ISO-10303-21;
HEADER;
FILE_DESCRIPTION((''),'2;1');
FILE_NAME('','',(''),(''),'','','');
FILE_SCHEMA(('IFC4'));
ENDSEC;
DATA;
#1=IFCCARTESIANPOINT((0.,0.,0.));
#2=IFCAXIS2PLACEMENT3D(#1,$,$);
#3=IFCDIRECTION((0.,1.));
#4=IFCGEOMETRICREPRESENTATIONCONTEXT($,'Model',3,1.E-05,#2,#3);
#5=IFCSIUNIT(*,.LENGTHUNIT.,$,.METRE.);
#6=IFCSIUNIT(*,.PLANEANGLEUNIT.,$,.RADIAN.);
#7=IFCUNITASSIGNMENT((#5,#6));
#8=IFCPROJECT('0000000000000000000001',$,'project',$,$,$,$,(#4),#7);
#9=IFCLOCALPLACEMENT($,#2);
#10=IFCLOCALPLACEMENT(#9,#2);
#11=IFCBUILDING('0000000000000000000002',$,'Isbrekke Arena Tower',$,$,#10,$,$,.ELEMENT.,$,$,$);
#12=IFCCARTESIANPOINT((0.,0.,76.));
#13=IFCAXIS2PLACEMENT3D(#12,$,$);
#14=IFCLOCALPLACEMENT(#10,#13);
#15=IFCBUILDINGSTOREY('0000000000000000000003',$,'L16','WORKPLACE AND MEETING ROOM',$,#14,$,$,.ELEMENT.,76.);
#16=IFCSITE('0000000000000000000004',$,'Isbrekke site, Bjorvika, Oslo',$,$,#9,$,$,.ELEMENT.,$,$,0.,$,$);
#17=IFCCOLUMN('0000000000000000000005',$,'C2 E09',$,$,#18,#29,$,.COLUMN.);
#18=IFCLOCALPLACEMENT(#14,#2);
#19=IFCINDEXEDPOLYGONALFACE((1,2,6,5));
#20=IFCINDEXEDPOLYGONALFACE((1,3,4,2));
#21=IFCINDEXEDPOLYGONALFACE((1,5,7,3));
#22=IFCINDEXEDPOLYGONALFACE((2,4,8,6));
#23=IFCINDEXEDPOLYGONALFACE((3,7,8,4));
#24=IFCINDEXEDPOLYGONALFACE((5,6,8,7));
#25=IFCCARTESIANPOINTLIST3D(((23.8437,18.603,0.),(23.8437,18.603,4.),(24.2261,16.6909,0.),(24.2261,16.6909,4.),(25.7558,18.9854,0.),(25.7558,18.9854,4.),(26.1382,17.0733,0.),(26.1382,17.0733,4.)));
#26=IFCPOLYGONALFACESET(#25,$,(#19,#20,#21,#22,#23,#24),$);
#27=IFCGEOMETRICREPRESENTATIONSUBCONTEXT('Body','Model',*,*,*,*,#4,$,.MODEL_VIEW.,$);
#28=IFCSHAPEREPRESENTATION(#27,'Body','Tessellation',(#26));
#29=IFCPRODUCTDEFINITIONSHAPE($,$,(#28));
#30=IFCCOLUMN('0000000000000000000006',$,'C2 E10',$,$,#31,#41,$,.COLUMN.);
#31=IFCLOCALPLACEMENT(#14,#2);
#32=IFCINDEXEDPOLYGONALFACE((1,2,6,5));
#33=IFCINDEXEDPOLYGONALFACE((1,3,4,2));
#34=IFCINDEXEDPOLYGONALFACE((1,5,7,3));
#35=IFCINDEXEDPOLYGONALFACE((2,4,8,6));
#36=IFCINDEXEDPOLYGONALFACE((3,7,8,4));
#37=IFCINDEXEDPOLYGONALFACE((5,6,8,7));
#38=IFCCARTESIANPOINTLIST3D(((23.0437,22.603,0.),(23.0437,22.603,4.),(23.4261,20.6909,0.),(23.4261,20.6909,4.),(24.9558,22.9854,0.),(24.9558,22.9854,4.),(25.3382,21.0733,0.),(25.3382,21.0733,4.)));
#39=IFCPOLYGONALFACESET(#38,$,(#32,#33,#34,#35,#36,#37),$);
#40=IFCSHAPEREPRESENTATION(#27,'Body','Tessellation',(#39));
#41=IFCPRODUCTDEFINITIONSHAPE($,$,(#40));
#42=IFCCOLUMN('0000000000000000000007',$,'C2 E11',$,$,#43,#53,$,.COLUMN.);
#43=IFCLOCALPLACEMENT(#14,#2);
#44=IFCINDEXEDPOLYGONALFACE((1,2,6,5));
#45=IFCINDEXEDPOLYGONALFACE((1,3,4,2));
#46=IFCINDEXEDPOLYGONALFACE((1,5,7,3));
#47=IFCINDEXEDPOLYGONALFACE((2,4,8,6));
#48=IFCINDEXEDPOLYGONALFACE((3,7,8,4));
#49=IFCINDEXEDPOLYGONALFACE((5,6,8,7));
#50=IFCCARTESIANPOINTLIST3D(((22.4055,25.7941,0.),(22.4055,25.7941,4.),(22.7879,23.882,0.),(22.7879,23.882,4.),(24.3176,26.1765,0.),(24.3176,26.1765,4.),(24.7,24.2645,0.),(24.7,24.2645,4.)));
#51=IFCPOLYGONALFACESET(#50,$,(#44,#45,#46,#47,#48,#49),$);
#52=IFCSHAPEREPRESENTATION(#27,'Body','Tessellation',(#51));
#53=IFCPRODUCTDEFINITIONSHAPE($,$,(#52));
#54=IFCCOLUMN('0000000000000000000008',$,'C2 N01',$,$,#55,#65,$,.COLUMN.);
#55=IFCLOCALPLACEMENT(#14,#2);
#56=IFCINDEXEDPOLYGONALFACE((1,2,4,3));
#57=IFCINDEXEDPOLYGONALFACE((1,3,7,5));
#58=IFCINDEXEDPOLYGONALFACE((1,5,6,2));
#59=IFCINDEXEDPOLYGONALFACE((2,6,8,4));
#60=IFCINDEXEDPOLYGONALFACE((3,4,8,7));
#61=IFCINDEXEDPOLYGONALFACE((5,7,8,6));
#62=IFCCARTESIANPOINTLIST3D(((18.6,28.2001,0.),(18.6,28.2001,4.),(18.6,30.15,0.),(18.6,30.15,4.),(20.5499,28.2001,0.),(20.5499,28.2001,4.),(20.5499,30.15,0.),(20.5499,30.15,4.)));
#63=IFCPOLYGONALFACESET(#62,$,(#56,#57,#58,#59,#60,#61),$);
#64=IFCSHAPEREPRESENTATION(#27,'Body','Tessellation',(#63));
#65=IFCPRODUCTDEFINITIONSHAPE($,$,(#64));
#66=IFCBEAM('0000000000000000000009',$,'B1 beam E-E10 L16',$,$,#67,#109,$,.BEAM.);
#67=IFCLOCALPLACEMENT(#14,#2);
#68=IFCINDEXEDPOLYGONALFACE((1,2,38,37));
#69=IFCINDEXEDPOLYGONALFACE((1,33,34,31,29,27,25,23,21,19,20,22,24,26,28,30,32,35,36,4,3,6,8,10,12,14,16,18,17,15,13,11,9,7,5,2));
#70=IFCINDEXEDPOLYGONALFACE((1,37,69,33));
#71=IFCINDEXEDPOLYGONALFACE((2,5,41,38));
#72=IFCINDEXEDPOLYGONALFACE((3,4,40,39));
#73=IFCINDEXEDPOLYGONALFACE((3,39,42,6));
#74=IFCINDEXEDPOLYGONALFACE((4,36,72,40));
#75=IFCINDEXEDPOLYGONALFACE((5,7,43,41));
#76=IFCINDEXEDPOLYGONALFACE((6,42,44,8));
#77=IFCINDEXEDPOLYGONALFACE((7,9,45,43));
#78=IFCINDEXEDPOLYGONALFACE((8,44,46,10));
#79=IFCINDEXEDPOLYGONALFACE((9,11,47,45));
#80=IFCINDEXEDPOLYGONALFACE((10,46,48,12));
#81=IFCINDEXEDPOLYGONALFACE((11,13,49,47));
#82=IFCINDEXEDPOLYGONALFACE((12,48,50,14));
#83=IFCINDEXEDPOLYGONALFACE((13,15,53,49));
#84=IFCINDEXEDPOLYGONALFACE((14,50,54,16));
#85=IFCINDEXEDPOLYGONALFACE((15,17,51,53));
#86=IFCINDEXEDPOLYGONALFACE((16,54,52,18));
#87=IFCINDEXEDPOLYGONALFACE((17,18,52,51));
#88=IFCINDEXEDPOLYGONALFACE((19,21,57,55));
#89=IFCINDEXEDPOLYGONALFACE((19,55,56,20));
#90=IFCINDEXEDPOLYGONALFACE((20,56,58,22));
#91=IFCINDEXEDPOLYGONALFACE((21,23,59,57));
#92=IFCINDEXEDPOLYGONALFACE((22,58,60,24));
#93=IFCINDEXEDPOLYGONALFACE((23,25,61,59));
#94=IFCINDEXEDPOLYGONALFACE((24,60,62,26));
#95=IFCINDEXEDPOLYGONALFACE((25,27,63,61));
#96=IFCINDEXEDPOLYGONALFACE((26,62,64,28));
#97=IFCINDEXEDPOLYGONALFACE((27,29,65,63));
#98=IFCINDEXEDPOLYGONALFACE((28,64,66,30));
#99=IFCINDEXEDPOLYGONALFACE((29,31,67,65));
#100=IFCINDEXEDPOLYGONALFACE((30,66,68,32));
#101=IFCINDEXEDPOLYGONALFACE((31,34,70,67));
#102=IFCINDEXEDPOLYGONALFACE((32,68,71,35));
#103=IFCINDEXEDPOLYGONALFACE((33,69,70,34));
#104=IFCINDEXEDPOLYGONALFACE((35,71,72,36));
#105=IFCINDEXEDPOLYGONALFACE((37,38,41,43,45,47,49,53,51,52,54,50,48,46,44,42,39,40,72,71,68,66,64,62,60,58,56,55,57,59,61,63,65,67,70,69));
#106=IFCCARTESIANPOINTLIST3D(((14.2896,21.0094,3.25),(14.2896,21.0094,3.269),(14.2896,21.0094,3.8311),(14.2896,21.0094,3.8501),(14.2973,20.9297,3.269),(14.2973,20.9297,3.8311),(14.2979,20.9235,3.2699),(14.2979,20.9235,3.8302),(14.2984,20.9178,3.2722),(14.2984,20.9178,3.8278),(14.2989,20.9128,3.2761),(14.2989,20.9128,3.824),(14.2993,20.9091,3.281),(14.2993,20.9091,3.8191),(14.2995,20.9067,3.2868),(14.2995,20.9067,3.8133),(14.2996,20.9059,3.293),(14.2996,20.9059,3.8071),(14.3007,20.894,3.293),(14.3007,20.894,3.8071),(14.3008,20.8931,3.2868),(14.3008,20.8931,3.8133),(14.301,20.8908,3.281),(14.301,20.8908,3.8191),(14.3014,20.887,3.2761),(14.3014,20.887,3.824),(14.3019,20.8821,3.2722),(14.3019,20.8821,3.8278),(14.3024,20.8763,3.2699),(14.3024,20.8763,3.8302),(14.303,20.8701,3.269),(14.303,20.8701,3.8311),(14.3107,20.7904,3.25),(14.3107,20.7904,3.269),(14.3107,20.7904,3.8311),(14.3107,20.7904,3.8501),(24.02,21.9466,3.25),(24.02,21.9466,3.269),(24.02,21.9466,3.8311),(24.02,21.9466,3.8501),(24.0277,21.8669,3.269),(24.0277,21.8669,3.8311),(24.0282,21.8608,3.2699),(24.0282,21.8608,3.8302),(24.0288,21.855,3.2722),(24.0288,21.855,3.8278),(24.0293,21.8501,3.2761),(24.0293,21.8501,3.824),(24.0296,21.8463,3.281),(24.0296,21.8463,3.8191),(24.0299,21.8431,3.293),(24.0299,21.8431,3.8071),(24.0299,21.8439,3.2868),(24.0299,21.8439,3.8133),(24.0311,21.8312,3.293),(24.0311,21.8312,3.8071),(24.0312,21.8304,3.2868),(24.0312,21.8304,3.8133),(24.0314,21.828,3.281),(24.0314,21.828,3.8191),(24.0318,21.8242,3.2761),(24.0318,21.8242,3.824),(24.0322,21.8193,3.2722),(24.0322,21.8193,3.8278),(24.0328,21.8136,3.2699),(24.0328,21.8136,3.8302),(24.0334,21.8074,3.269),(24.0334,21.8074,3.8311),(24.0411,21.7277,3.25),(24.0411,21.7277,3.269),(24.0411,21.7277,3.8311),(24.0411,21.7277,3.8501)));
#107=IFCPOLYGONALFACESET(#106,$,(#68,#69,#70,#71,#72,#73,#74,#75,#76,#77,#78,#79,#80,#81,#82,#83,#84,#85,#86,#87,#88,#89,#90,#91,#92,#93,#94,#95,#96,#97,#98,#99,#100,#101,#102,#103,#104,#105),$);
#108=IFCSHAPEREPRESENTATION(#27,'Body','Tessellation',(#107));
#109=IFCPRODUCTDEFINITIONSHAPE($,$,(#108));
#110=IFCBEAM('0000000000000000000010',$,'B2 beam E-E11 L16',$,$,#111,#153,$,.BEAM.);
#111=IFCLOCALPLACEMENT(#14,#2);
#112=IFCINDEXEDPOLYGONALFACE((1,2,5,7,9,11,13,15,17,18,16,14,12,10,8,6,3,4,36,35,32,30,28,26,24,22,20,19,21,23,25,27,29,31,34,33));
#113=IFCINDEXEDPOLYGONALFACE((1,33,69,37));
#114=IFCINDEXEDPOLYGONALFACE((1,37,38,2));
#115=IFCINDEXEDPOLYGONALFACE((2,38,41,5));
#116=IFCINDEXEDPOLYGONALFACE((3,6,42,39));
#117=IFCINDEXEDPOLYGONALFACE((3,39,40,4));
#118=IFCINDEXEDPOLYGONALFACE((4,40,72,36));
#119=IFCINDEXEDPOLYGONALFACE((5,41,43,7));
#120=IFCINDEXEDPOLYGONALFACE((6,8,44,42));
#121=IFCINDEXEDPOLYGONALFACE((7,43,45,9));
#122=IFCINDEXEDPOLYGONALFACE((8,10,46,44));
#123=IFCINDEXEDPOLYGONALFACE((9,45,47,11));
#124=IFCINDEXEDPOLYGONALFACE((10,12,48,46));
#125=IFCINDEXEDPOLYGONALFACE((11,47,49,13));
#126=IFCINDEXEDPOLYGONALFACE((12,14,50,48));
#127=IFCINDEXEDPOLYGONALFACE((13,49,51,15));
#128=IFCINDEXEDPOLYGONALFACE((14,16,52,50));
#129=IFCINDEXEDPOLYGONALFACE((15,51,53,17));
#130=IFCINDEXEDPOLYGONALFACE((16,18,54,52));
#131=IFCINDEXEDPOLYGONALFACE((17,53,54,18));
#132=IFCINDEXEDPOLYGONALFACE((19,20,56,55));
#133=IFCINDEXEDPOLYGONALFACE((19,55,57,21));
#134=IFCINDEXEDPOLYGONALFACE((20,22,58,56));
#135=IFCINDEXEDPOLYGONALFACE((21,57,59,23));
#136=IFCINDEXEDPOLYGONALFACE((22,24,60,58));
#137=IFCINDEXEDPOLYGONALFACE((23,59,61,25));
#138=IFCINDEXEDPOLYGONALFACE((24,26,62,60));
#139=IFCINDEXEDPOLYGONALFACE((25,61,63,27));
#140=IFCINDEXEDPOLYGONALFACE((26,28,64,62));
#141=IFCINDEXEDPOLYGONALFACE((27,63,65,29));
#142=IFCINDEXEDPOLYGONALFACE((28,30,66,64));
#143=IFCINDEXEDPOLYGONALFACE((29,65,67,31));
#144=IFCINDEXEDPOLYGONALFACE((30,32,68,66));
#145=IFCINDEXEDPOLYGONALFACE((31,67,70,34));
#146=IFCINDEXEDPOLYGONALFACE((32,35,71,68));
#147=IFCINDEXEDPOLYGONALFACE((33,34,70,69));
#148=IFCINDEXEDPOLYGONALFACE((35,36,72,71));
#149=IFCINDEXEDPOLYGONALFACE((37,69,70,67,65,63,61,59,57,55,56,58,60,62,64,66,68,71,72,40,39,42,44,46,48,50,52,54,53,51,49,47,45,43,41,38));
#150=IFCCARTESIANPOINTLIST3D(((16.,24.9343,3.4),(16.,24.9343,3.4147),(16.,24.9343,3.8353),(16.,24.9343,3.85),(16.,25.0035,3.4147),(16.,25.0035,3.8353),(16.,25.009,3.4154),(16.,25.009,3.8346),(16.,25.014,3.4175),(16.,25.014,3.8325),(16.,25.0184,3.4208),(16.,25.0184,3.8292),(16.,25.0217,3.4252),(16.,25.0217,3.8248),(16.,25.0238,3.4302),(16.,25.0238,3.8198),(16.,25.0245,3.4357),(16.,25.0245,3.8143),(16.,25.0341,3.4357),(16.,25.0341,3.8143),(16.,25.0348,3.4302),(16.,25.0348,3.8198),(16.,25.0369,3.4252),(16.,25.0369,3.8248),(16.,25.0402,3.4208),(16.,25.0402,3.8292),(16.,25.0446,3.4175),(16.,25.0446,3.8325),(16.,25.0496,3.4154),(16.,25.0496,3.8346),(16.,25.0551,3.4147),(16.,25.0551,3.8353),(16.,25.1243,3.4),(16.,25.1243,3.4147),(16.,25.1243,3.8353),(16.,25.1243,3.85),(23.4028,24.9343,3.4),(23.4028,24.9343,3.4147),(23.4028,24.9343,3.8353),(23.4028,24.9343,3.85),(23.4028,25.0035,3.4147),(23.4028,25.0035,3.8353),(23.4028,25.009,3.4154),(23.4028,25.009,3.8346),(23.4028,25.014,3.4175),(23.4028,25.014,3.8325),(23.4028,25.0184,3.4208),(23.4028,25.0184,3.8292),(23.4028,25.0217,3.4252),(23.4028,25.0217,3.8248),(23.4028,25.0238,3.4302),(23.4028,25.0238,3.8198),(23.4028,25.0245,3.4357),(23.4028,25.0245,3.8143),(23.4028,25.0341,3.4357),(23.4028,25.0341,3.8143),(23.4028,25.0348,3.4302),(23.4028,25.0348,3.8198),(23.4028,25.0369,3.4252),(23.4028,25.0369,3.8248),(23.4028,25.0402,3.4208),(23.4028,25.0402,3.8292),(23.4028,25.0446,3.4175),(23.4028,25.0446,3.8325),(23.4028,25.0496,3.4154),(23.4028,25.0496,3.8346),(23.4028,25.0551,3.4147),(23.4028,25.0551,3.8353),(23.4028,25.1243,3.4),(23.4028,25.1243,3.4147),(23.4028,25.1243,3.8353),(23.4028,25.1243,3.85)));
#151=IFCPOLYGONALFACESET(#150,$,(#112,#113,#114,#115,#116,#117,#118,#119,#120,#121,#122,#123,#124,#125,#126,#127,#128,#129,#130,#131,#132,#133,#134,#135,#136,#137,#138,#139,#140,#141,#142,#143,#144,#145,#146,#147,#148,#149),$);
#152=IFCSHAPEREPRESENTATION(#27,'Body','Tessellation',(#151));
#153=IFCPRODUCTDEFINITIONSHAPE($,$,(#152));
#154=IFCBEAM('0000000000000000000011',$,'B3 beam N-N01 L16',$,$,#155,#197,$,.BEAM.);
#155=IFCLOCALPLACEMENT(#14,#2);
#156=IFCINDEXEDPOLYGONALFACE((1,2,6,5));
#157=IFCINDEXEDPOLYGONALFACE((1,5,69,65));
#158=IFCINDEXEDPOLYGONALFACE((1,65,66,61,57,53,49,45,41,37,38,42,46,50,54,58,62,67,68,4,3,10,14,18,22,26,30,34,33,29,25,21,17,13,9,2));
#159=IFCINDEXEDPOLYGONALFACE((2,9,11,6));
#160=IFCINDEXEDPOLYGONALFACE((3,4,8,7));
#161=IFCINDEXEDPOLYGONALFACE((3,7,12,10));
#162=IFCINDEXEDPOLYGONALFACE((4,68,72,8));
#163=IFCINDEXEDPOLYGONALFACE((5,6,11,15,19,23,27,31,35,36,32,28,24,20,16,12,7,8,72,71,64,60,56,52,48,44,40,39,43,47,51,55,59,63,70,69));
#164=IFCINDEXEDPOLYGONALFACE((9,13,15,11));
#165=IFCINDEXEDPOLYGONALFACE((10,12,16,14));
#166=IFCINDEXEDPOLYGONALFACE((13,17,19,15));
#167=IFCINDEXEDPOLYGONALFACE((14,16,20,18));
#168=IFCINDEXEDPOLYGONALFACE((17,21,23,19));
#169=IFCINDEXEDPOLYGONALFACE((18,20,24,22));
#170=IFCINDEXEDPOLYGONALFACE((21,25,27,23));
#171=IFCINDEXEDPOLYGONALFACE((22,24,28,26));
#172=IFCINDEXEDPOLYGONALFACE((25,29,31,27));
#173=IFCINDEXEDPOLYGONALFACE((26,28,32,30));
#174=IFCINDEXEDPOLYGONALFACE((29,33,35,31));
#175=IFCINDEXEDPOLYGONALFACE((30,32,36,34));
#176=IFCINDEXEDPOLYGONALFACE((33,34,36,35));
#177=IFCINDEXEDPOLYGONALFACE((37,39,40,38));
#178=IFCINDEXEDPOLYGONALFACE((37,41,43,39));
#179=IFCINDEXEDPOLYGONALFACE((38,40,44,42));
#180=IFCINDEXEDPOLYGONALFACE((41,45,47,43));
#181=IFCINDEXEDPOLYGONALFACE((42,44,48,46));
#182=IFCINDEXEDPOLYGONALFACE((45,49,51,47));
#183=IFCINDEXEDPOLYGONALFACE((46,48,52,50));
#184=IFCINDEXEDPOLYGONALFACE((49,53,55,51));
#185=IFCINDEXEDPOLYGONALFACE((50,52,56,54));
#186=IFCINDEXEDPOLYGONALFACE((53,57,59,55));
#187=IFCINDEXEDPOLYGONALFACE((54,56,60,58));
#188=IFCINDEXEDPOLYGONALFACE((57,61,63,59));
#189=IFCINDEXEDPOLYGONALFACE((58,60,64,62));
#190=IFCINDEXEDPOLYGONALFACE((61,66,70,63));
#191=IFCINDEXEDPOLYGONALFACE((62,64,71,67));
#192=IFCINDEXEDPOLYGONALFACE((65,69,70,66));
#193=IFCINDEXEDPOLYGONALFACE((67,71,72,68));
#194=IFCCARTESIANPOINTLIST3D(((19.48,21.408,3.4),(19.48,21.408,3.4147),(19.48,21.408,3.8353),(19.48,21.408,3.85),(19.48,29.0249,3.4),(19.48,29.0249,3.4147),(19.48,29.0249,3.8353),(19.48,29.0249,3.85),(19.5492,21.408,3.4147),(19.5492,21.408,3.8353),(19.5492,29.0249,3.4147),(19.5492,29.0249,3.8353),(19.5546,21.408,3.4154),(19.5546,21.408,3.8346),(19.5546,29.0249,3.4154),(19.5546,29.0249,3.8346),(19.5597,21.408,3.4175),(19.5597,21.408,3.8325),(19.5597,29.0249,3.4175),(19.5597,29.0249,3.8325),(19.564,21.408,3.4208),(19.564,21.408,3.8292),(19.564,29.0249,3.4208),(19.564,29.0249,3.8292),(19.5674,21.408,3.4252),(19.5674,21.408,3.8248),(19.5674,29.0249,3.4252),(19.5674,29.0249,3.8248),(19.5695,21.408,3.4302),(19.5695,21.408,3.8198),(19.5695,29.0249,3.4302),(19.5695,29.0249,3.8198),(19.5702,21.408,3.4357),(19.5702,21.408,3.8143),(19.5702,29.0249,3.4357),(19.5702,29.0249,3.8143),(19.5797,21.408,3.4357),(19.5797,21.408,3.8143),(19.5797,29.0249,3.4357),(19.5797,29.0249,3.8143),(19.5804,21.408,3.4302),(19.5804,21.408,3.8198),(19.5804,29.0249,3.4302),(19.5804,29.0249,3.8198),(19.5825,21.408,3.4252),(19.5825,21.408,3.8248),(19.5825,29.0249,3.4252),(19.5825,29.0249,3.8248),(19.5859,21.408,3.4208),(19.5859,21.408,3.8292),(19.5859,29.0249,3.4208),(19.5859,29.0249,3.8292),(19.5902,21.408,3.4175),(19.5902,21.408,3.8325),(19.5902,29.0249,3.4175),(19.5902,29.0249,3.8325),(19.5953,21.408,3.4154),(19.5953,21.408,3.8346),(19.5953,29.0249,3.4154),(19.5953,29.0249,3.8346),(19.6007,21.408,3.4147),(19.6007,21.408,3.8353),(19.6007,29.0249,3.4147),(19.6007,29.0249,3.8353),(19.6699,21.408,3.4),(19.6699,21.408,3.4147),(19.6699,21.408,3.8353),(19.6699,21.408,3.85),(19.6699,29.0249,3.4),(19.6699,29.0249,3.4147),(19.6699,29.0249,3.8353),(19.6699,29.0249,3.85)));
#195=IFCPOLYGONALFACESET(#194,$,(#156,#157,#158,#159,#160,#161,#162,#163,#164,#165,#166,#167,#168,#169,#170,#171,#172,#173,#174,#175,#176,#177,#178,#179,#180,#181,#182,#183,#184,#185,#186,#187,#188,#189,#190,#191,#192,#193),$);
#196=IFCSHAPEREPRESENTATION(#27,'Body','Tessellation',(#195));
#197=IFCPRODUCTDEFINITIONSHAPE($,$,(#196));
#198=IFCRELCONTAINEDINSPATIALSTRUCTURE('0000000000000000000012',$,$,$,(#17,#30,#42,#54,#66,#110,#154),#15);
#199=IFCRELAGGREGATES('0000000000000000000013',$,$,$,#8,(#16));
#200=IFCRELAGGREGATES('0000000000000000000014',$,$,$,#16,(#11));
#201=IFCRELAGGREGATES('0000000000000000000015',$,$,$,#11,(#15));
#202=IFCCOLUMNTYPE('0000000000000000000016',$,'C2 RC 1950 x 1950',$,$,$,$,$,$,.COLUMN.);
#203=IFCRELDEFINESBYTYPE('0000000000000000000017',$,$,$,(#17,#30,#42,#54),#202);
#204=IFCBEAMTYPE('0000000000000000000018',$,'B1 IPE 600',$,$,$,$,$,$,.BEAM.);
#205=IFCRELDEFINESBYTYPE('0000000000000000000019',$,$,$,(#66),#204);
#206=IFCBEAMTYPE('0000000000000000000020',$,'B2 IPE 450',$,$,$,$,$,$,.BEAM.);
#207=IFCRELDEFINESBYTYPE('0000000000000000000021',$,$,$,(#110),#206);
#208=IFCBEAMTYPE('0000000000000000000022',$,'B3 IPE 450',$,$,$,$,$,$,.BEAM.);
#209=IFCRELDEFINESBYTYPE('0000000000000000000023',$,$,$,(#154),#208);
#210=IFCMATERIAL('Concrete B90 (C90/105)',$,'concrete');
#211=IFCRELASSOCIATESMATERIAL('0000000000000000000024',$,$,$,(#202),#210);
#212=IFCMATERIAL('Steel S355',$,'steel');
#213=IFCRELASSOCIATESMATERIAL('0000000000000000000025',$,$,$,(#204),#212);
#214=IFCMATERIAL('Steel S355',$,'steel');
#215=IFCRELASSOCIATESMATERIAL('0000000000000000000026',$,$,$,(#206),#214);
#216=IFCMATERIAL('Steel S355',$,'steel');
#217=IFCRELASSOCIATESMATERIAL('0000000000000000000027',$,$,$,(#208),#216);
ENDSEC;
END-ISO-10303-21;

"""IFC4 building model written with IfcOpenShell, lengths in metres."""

from ifc_helpers import new_model, si_unit, direction, frame, origin, origin_2d, place, context, subcontext, project, spatial, rectangle, i_section, extrude, material, material_profile, profile_set, type_object, element, save


model = new_model("IFC4")

# Units and contexts
model_context = context("Model", 3, precision=1e-05, world=origin(), true_north=direction((0.0, 1.0)))
body_context = subcontext(model_context, "Body", "Model", "MODEL_VIEW")
ifc_project = project(units=[si_unit("LENGTHUNIT", "METRE"), si_unit("PLANEANGLEUNIT", "RADIAN")], contexts=[model_context])

# Site, building, storey
site_placement = place(None, origin())
site = spatial("IfcSite", under=ifc_project, at=site_placement, Name="Isbrekke site, Bjorvika, Oslo", CompositionType="ELEMENT", RefElevation=0.0)
building_placement = place(site_placement, origin())
building = spatial("IfcBuilding", under=site, at=building_placement, Name="Isbrekke Arena Tower", CompositionType="ELEMENT")
storey_placement = place(building_placement, frame((0.0, 0.0, 76.0)))
storey = spatial("IfcBuildingStorey", under=building, at=storey_placement, Name="L16", Description="WORKPLACE AND MEETING ROOM", CompositionType="ELEMENT", Elevation=76.0)

# Columns
ifc_material_1 = material(Name="Concrete B90 (C90/105)", Category="concrete")
ifc_material_profile_1 = material_profile(ifc_material_1, rectangle(XDim=1.95, YDim=1.95, at=origin_2d()), Name="RC 1950x1950")
ifc_profile_set_1 = profile_set([ifc_material_profile_1], Name="Concrete B90 (C90/105)")
column_type = type_object("IfcColumnType", Name="C2 RC 1950 x 1950", PredefinedType="COLUMN", material=ifc_profile_set_1)
for number, where, z_axis, x_axis, name in (
    (1, (24.991, 17.8381, 0.0), (0.0, 0.0, 1.0), (-0.196116, 0.980581, 0.0), "C2 E09"),
    (2, (24.1909, 21.8381, 0.0), (0.0, 0.0, 1.0), (-0.196116, 0.980581, 0.0), "C2 E10"),
    (3, (23.5527, 25.0293, 0.0), (0.0, 0.0, 1.0), (-0.196116, 0.980581, 0.0), "C2 E11"),
    (4, (19.575, 29.175, 0.0), (0.0, 0.0, 1.0), (-1.0, 0.0, 0.0), "C2 N01"),
):
    element("IfcColumn", number, at=place(storey_placement, frame(where, z_axis=z_axis, x_axis=x_axis)), inside=storey, type_object=column_type, Name=name, PredefinedType="COLUMN", context=body_context, shape_type="SweptSolid", body=[
        extrude(rectangle(XDim=1.95, YDim=1.95, at=origin_2d()), origin(), (0.0, 0.0, 1.0), 4.0),
    ])

# Beams
ifc_material_2 = material(Name="Steel S355", Category="steel")
ifc_material_profile_2 = material_profile(ifc_material_2, i_section(OverallWidth=0.22, OverallDepth=0.6001, WebThickness=0.012, FlangeThickness=0.019, FilletRadius=0.0239, at=origin_2d()), Name="IPE 600")
ifc_profile_set_2 = profile_set([ifc_material_profile_2], Name="Steel S355")
beam_type_1 = type_object("IfcBeamType", Name="B1 IPE 600", PredefinedType="BEAM", material=ifc_profile_set_2)
beam_1_placement = place(storey_placement, frame((24.0305, 21.8372, 3.55), z_axis=(-0.995393, -0.095878, 0.0), x_axis=(0.095878, -0.995393, 0.0)))
element("IfcBeam", 5, at=beam_1_placement, inside=storey, type_object=beam_type_1, Name="B1 beam E-E10 L16", PredefinedType="BEAM", context=body_context, shape_type="SweptSolid", body=[
    extrude(i_section(OverallWidth=0.22, OverallDepth=0.6001, WebThickness=0.012, FlangeThickness=0.019, FilletRadius=0.0239, at=origin_2d()), origin(), (0.0, 0.0, 1.0), 9.7754),
])
ifc_material_3 = material(Name="Steel S355", Category="steel")
ifc_material_profile_3 = material_profile(ifc_material_3, i_section(OverallWidth=0.1899, OverallDepth=0.45, WebThickness=0.0095, FlangeThickness=0.0146, FilletRadius=0.021, at=origin_2d()), Name="IPE 450")
ifc_profile_set_3 = profile_set([ifc_material_profile_3], Name="Steel S355")
beam_type_2 = type_object("IfcBeamType", Name="B2 IPE 450", PredefinedType="BEAM", material=ifc_profile_set_3)
beam_2_placement = place(storey_placement, frame((23.4028, 25.0293, 3.625), z_axis=(-1.0, 0.0, 0.0), x_axis=(0.0, -1.0, 0.0)))
element("IfcBeam", 6, at=beam_2_placement, inside=storey, type_object=beam_type_2, Name="B2 beam E-E11 L16", PredefinedType="BEAM", context=body_context, shape_type="SweptSolid", body=[
    extrude(i_section(OverallWidth=0.1899, OverallDepth=0.45, WebThickness=0.0095, FlangeThickness=0.0146, FilletRadius=0.021, at=origin_2d()), origin(), (0.0, 0.0, 1.0), 7.4028),
])
ifc_material_4 = material(Name="Steel S355", Category="steel")
ifc_material_profile_4 = material_profile(ifc_material_4, i_section(OverallWidth=0.1899, OverallDepth=0.45, WebThickness=0.0095, FlangeThickness=0.0146, FilletRadius=0.021, at=origin_2d()), Name="IPE 450")
ifc_profile_set_4 = profile_set([ifc_material_profile_4], Name="Steel S355")
beam_type_3 = type_object("IfcBeamType", Name="B3 IPE 450", PredefinedType="BEAM", material=ifc_profile_set_4)
beam_3_placement = place(storey_placement, frame((19.575, 29.0249, 3.625), z_axis=(0.0, -1.0, 0.0), x_axis=(1.0, 0.0, 0.0)))
element("IfcBeam", 7, at=beam_3_placement, inside=storey, type_object=beam_type_3, Name="B3 beam N-N01 L16", PredefinedType="BEAM", context=body_context, shape_type="SweptSolid", body=[
    extrude(i_section(OverallWidth=0.1899, OverallDepth=0.45, WebThickness=0.0095, FlangeThickness=0.0146, FilletRadius=0.021, at=origin_2d()), origin(), (0.0, 0.0, 1.0), 7.6169),
])

save(model, "model.ifc")
